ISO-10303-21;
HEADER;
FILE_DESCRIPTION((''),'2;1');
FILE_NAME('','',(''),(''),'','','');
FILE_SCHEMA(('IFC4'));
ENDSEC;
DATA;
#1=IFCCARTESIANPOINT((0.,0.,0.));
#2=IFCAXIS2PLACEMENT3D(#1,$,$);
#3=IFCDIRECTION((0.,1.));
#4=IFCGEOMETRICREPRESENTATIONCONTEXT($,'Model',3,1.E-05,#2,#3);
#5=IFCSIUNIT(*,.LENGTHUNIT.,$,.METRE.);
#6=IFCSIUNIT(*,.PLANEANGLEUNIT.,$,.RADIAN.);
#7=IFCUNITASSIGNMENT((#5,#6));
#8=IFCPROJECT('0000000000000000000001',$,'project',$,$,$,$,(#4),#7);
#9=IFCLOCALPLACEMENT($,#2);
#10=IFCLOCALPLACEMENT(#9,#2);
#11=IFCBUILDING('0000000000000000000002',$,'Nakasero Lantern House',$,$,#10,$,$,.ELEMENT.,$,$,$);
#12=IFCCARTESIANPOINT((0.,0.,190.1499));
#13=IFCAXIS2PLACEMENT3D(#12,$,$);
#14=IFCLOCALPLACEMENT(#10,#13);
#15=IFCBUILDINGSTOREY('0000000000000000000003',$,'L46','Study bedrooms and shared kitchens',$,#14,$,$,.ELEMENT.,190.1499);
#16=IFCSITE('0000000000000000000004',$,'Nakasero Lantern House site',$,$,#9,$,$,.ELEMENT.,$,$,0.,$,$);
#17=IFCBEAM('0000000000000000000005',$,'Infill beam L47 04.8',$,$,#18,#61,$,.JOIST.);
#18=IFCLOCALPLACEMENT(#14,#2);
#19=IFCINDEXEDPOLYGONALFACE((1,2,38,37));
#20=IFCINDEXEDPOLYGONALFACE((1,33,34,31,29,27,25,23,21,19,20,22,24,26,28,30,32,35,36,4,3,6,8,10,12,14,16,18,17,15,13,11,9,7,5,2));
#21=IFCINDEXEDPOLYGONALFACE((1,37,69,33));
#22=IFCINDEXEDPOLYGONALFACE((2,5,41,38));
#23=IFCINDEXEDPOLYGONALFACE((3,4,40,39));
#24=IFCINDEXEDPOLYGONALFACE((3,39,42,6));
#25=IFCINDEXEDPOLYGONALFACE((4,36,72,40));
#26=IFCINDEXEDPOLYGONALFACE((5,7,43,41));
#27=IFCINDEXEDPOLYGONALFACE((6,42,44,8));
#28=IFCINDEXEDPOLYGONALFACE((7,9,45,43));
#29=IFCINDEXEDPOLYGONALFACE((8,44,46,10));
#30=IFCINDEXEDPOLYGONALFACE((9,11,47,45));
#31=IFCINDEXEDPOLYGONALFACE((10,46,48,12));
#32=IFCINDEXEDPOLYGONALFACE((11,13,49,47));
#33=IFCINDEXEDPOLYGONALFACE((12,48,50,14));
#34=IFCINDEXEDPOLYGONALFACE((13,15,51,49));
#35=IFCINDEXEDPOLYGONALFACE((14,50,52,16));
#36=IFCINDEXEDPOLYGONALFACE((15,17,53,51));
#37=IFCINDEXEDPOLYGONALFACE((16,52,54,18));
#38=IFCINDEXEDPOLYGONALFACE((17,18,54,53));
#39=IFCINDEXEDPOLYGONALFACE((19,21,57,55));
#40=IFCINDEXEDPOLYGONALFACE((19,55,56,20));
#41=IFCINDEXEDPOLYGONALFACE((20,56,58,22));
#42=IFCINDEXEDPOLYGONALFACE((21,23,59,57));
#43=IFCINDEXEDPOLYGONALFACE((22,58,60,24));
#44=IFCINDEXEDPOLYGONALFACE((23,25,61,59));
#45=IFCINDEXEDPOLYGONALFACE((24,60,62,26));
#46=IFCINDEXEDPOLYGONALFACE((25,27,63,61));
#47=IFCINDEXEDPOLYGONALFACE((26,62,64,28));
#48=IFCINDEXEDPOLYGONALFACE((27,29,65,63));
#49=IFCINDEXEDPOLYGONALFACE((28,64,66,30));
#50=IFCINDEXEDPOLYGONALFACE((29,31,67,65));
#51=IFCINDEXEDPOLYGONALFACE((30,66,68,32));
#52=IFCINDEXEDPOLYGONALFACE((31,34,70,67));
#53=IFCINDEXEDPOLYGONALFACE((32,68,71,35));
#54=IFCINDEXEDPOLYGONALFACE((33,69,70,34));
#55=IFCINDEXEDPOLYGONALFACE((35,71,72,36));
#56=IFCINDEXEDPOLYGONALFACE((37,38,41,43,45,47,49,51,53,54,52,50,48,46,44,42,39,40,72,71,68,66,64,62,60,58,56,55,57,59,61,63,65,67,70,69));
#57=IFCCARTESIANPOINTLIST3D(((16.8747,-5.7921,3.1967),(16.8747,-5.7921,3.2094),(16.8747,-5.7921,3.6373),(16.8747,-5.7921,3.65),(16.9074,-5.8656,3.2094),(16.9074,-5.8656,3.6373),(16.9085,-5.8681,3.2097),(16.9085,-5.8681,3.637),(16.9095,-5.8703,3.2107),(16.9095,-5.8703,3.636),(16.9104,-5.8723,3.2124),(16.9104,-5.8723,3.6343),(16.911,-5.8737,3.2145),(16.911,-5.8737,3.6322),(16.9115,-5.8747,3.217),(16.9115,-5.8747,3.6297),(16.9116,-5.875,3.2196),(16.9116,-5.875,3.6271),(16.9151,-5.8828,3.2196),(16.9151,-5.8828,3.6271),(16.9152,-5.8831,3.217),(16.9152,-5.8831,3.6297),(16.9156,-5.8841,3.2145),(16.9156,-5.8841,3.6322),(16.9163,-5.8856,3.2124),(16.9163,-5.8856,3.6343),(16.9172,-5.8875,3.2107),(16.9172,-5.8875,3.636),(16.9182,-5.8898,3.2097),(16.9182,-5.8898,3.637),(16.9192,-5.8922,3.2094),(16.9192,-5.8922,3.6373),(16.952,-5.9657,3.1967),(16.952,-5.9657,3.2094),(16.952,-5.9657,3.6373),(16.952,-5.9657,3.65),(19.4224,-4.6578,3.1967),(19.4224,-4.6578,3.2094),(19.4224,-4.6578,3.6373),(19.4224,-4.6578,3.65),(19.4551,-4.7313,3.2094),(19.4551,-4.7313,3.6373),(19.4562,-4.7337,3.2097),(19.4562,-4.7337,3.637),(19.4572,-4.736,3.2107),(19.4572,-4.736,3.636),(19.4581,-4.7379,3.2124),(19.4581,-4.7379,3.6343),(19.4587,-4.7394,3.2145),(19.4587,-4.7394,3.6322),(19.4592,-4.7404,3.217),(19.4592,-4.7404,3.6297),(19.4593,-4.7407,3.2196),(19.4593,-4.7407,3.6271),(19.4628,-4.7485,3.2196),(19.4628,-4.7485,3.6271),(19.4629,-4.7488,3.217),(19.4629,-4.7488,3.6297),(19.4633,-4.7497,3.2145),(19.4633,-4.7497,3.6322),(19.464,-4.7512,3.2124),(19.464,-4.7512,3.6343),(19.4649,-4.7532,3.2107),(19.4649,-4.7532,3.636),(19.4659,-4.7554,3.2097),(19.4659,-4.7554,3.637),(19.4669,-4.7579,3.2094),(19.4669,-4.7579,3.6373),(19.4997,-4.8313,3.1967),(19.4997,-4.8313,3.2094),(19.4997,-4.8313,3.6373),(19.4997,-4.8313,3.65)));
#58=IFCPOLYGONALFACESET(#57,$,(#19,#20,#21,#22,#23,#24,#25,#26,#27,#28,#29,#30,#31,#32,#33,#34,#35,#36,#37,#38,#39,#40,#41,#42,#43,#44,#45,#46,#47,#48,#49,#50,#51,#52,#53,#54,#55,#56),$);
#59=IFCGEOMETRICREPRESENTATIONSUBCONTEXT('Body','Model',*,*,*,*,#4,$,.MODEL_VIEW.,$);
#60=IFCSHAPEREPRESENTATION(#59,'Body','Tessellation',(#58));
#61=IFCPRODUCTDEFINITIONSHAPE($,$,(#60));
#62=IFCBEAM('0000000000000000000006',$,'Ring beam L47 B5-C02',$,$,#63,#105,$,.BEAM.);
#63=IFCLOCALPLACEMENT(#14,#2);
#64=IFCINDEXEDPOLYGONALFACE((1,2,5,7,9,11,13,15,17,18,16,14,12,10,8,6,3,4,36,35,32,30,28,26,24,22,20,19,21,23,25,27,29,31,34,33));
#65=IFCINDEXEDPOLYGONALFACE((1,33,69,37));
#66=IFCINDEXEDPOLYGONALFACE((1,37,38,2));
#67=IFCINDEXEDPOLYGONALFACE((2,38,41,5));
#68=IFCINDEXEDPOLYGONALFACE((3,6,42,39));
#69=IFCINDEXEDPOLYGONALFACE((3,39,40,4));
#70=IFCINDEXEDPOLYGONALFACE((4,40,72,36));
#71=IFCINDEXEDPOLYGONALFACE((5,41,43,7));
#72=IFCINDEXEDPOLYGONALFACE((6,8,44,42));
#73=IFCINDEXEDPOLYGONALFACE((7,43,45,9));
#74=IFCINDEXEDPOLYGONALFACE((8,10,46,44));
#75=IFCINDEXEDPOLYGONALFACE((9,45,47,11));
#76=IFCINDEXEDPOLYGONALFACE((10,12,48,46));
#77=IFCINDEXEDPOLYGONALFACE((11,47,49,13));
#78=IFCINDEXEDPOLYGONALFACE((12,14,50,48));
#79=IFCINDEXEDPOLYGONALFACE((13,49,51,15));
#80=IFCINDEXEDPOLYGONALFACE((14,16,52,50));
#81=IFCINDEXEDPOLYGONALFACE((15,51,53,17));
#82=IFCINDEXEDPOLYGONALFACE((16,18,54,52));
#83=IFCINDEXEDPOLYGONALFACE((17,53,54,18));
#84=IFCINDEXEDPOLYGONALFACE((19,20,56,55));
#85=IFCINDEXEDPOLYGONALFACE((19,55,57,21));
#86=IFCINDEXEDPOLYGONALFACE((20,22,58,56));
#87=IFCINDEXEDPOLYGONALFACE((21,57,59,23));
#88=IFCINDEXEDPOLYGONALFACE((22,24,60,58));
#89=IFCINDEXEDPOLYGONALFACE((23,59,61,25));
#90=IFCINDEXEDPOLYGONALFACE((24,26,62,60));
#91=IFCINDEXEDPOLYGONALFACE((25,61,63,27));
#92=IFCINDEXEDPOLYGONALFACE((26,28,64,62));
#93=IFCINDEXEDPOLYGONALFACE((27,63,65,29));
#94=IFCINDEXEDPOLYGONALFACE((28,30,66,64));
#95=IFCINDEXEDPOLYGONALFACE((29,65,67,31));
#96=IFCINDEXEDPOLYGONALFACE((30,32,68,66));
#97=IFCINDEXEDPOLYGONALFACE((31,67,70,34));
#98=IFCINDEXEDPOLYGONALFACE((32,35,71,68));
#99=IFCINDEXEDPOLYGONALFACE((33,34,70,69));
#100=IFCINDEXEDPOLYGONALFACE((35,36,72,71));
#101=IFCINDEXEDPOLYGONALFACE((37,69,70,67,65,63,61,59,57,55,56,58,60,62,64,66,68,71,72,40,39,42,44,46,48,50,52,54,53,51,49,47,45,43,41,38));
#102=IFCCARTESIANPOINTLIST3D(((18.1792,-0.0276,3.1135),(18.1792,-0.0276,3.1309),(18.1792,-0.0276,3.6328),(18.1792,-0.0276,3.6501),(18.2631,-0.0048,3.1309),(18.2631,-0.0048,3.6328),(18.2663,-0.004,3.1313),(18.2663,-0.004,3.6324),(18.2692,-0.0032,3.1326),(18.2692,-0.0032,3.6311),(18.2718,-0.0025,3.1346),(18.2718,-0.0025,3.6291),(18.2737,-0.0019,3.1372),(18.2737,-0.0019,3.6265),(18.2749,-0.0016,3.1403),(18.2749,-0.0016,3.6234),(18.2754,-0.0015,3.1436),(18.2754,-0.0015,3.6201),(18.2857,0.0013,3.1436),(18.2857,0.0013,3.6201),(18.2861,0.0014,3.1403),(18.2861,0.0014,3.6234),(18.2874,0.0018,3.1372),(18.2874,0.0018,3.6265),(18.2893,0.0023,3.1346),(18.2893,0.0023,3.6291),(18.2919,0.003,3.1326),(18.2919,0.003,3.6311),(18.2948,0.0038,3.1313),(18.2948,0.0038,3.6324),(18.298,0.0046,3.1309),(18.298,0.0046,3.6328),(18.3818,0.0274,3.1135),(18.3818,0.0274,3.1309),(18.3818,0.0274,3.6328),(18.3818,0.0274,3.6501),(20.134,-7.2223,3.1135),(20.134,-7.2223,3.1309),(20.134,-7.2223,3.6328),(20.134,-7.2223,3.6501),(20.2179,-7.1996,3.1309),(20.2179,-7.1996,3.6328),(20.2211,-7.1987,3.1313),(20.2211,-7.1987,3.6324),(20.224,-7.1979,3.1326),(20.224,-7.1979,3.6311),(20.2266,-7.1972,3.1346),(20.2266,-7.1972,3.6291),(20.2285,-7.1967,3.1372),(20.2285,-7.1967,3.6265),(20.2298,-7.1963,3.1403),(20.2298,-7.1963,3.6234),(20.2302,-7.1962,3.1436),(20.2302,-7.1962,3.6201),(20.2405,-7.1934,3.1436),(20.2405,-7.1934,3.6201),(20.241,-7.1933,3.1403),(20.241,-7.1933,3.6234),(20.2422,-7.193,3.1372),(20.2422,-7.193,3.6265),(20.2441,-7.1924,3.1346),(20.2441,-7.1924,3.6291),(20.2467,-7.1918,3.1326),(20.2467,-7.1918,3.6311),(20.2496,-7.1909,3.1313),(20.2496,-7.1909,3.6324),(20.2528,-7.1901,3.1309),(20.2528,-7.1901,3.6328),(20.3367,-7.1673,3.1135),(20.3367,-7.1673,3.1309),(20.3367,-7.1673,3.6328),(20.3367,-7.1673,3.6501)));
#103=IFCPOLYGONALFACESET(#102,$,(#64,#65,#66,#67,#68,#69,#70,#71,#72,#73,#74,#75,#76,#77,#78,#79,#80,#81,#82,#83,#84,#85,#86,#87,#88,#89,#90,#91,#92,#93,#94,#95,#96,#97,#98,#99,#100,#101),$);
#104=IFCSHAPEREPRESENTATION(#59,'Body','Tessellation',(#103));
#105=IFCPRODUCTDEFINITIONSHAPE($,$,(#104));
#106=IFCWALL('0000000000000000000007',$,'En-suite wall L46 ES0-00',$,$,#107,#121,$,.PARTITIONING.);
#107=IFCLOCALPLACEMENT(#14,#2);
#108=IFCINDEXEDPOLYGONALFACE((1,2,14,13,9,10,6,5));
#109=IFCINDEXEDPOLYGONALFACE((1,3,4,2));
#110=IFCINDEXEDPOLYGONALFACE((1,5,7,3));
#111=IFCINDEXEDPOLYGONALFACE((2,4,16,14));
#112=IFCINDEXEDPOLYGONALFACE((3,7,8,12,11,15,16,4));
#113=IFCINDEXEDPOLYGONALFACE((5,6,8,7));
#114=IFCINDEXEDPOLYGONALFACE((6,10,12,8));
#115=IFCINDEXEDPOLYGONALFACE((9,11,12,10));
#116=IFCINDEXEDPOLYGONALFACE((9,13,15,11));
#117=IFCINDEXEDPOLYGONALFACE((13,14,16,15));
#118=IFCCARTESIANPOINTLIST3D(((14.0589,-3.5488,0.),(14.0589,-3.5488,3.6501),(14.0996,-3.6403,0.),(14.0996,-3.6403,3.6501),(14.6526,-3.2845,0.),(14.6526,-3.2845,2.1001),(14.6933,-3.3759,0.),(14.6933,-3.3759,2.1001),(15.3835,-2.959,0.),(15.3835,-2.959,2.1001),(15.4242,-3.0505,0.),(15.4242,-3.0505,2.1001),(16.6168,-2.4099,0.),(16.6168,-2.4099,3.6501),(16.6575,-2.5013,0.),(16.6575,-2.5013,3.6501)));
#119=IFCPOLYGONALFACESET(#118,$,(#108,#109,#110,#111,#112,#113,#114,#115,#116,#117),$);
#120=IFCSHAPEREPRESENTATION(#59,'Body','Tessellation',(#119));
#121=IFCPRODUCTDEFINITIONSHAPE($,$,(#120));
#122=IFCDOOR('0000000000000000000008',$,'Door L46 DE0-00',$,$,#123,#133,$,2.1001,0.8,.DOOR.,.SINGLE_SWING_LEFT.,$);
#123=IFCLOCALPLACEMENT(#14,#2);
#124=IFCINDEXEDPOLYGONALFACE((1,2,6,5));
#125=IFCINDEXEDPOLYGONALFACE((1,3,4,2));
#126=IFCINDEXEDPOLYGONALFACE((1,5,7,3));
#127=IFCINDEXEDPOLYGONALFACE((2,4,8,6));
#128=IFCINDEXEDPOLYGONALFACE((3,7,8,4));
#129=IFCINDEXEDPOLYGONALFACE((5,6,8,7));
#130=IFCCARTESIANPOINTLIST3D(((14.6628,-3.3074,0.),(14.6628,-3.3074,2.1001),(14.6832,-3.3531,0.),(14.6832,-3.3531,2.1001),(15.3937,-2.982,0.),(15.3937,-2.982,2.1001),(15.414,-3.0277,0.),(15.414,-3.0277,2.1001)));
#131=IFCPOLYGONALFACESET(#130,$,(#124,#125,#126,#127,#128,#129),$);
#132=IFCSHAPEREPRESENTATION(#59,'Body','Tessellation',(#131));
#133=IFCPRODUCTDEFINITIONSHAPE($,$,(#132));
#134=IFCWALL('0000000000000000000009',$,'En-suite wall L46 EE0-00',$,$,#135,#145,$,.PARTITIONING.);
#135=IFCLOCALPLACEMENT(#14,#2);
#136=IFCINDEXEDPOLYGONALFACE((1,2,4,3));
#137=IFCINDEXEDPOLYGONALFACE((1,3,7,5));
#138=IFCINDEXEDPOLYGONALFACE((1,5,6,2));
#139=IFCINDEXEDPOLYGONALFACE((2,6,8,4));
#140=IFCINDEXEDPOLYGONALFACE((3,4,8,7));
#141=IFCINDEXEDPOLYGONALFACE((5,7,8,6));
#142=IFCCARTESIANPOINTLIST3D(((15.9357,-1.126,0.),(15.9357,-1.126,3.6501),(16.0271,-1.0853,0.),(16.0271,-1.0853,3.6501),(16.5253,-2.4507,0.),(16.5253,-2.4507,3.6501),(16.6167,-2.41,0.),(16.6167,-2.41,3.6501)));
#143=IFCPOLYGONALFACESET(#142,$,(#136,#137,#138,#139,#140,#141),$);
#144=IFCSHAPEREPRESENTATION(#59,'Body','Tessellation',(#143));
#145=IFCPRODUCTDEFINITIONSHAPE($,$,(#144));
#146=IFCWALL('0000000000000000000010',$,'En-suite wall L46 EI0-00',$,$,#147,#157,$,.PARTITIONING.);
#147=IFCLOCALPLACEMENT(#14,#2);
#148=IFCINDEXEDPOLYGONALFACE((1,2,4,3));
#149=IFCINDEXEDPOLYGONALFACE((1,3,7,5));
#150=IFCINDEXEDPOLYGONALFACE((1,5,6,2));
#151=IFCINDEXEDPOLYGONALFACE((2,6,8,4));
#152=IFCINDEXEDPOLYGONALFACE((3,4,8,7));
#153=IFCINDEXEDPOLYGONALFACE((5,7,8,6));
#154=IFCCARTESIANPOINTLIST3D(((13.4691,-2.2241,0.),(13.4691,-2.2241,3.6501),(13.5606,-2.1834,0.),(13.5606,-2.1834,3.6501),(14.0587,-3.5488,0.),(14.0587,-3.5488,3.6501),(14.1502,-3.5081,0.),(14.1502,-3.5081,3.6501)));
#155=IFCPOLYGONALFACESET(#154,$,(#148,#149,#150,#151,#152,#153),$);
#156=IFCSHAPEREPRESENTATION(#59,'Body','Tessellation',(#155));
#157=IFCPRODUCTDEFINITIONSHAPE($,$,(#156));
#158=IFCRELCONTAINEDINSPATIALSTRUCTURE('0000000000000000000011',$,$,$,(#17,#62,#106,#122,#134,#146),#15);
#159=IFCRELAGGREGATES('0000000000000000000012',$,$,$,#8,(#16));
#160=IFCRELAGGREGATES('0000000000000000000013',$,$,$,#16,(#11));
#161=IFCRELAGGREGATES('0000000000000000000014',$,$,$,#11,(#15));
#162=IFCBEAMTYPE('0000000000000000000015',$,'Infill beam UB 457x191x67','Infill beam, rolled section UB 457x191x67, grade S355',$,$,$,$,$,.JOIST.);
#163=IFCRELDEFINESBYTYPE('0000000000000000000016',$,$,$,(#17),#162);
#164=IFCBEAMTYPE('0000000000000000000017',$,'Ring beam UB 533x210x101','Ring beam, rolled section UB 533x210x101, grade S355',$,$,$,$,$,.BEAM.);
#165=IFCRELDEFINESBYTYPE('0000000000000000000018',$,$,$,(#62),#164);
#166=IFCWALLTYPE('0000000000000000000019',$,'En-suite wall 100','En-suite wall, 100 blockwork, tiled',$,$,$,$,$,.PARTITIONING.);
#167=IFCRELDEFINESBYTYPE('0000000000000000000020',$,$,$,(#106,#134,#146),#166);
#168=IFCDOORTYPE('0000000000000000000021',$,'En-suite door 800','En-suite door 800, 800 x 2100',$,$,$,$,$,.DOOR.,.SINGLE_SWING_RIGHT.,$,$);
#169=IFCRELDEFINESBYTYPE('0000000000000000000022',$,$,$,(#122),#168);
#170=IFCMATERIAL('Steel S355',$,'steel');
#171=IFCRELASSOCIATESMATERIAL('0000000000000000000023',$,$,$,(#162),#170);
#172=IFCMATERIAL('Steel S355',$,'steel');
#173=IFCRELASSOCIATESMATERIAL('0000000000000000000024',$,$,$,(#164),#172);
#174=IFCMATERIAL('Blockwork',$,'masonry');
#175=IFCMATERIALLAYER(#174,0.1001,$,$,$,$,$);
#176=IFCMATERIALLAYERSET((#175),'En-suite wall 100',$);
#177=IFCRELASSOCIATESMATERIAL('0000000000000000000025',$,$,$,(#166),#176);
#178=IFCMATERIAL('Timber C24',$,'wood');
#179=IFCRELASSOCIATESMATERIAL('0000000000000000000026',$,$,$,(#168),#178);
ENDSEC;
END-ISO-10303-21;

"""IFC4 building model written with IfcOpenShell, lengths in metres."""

from ifc_helpers import new_model, si_unit, direction, frame, frame_2d, origin, origin_2d, place, context, subcontext, project, spatial, rectangle, i_section, extrude, material, layer, layer_set, material_profile, profile_set, type_object, element, fill, save


model = new_model("IFC4")

# Units and contexts
model_context = context("Model", 3, precision=1e-05, world=origin(), true_north=direction((0.0, 1.0)))
body_context = subcontext(model_context, "Body", "Model", "MODEL_VIEW")
ifc_project = project(units=[si_unit("LENGTHUNIT", "METRE"), si_unit("PLANEANGLEUNIT", "RADIAN")], contexts=[model_context])

# Site, building, storey
site_placement = place(None, origin())
site = spatial("IfcSite", under=ifc_project, at=site_placement, Name="Nakasero Lantern House site", CompositionType="ELEMENT", RefElevation=0.0)
building_placement = place(site_placement, origin())
building = spatial("IfcBuilding", under=site, at=building_placement, Name="Nakasero Lantern House", CompositionType="ELEMENT")
storey_placement = place(building_placement, frame((0.0, 0.0, 190.1499)))
storey = spatial("IfcBuildingStorey", under=building, at=storey_placement, Name="L46", Description="Study bedrooms and shared kitchens", CompositionType="ELEMENT", Elevation=190.1499)

# Beams
ifc_material_1 = material(Name="Steel S355", Category="steel")
ifc_material_profile_1 = material_profile(ifc_material_1, i_section(OverallWidth=0.1899, OverallDepth=0.4534, WebThickness=0.0085, FlangeThickness=0.0127, FilletRadius=0.0103, at=origin_2d()), Name="UB 457x191x67")
ifc_profile_set_1 = profile_set([ifc_material_profile_1], Name="Steel S355")
beam_type_1 = type_object("IfcBeamType", Name="Infill beam UB 457x191x67", Description="Infill beam, rolled section UB 457x191x67, grade S355", PredefinedType="JOIST", material=ifc_profile_set_1)
beam_1_placement = place(storey_placement, frame((16.9133, -5.8789, 3.4233), z_axis=(0.913544, 0.406739, 0.0), x_axis=(-0.406739, 0.913544, 0.0)))
element("IfcBeam", 1, at=beam_1_placement, inside=storey, type_object=beam_type_1, Name="Infill beam L47 04.8", PredefinedType="JOIST", context=body_context, shape_type="SweptSolid", body=[
    extrude(i_section(OverallWidth=0.1899, OverallDepth=0.4534, WebThickness=0.0085, FlangeThickness=0.0127, FilletRadius=0.0103, at=origin_2d()), origin(), (0.0, 0.0, 1.0), 2.7888),
])
ifc_material_2 = material(Name="Steel S355", Category="steel")
ifc_material_profile_2 = material_profile(ifc_material_2, i_section(OverallWidth=0.21, OverallDepth=0.5366, WebThickness=0.0107, FlangeThickness=0.0173, FilletRadius=0.0127, at=origin_2d()), Name="UB 533x210x101")
ifc_profile_set_2 = profile_set([ifc_material_profile_2], Name="Steel S355")
beam_type_2 = type_object("IfcBeamType", Name="Ring beam UB 533x210x101", Description="Ring beam, rolled section UB 533x210x101, grade S355", PredefinedType="BEAM", material=ifc_profile_set_2)
beam_2_placement = place(storey_placement, frame((20.2354, -7.1948, 3.3818), z_axis=(-0.262195, 0.965015, 0.0), x_axis=(-0.965015, -0.262195, 0.0)))
element("IfcBeam", 2, at=beam_2_placement, inside=storey, type_object=beam_type_2, Name="Ring beam L47 B5-C02", PredefinedType="BEAM", context=body_context, shape_type="SweptSolid", body=[
    extrude(i_section(OverallWidth=0.21, OverallDepth=0.5366, WebThickness=0.0107, FlangeThickness=0.0173, FilletRadius=0.0127, at=origin_2d()), origin(), (0.0, 0.0, 1.0), 7.4556),
])

# Wall, opening, door
ifc_material_3 = material(Name="Blockwork", Category="masonry")
ifc_layer_1 = layer(ifc_material_3, 0.1001)
ifc_layer_set_1 = layer_set([ifc_layer_1], Name="En-suite wall 100")
wall_type_1 = type_object("IfcWallType", Name="En-suite wall 100", Description="En-suite wall, 100 blockwork, tiled", PredefinedType="PARTITIONING", material=ifc_layer_set_1)
wall_1_placement = place(storey_placement, frame((14.0793, -3.5945, 0.0), z_axis=(0.0, 0.0, 1.0), x_axis=(0.913534, 0.406761, 0.0)))
wall_1 = element("IfcWall", 3, at=wall_1_placement, inside=storey, type_object=wall_type_1, Name="En-suite wall L46 ES0-00", PredefinedType="PARTITIONING", context=body_context, shape_type="SweptSolid", body=[
    extrude(rectangle(XDim=2.8, YDim=0.1001, at=frame_2d((1.3999, 0.0))), origin(), (0.0, 0.0, 1.0), 3.6501),
])
opening_1_placement = place(wall_1_placement, frame((0.6499, 0.0, 0.0)))
opening_1 = element("IfcOpeningElement", 4, at=opening_1_placement, cuts=wall_1, PredefinedType="OPENING", context=body_context, shape_type="SweptSolid", body=[
    extrude(rectangle(XDim=0.8, YDim=2.1001, at=frame_2d((0.3999, 1.05))), frame((0.0, 0.0701, 0.0), z_axis=(0.0, -1.0, 0.0), x_axis=(1.0, 0.0, 0.0)), (0.0, 0.0, 1.0), 0.1401),
])
ifc_material_4 = material(Name="Timber C24", Category="wood")
door_type_1 = type_object("IfcDoorType", Name="En-suite door 800", Description="En-suite door 800, 800 x 2100", OperationType="SINGLE_SWING_RIGHT", PredefinedType="DOOR", material=ifc_material_4)
door_1_placement = place(opening_1_placement, origin())
door_1 = element("IfcDoor", 5, at=door_1_placement, inside=storey, type_object=door_type_1, Name="Door L46 DE0-00", OperationType="SINGLE_SWING_LEFT", OverallHeight=2.1001, OverallWidth=0.8, PredefinedType="DOOR", context=body_context, shape_type="SweptSolid", body=[
    extrude(rectangle(XDim=0.8, YDim=2.1001, at=frame_2d((0.3999, 1.05))), frame((0.0, 0.0249, 0.0), z_axis=(0.0, -1.0, 0.0), x_axis=(1.0, 0.0, 0.0)), (0.0, 0.0, 1.0), 0.05),
])
fill(opening_1, door_1)

# Walls
for number, where, z_axis, x_axis, name in (
    (6, (16.571, -2.4304, 0.0), (0.0, 0.0, 1.0), (-0.406623, 0.913596, 0.0), "En-suite wall L46 EE0-00"),
    (7, (14.1045, -3.5286, 0.0), (0.0, 0.0, 1.0), (-0.406623, 0.913596, 0.0), "En-suite wall L46 EI0-00"),
):
    element("IfcWall", number, at=place(storey_placement, frame(where, z_axis=z_axis, x_axis=x_axis)), inside=storey, type_object=wall_type_1, Name=name, PredefinedType="PARTITIONING", context=body_context, shape_type="SweptSolid", body=[
        extrude(rectangle(XDim=1.45, YDim=0.1001, at=frame_2d((0.7251, 0.0))), origin(), (0.0, 0.0, 1.0), 3.6501),
    ])

save(model, "model.ifc")
